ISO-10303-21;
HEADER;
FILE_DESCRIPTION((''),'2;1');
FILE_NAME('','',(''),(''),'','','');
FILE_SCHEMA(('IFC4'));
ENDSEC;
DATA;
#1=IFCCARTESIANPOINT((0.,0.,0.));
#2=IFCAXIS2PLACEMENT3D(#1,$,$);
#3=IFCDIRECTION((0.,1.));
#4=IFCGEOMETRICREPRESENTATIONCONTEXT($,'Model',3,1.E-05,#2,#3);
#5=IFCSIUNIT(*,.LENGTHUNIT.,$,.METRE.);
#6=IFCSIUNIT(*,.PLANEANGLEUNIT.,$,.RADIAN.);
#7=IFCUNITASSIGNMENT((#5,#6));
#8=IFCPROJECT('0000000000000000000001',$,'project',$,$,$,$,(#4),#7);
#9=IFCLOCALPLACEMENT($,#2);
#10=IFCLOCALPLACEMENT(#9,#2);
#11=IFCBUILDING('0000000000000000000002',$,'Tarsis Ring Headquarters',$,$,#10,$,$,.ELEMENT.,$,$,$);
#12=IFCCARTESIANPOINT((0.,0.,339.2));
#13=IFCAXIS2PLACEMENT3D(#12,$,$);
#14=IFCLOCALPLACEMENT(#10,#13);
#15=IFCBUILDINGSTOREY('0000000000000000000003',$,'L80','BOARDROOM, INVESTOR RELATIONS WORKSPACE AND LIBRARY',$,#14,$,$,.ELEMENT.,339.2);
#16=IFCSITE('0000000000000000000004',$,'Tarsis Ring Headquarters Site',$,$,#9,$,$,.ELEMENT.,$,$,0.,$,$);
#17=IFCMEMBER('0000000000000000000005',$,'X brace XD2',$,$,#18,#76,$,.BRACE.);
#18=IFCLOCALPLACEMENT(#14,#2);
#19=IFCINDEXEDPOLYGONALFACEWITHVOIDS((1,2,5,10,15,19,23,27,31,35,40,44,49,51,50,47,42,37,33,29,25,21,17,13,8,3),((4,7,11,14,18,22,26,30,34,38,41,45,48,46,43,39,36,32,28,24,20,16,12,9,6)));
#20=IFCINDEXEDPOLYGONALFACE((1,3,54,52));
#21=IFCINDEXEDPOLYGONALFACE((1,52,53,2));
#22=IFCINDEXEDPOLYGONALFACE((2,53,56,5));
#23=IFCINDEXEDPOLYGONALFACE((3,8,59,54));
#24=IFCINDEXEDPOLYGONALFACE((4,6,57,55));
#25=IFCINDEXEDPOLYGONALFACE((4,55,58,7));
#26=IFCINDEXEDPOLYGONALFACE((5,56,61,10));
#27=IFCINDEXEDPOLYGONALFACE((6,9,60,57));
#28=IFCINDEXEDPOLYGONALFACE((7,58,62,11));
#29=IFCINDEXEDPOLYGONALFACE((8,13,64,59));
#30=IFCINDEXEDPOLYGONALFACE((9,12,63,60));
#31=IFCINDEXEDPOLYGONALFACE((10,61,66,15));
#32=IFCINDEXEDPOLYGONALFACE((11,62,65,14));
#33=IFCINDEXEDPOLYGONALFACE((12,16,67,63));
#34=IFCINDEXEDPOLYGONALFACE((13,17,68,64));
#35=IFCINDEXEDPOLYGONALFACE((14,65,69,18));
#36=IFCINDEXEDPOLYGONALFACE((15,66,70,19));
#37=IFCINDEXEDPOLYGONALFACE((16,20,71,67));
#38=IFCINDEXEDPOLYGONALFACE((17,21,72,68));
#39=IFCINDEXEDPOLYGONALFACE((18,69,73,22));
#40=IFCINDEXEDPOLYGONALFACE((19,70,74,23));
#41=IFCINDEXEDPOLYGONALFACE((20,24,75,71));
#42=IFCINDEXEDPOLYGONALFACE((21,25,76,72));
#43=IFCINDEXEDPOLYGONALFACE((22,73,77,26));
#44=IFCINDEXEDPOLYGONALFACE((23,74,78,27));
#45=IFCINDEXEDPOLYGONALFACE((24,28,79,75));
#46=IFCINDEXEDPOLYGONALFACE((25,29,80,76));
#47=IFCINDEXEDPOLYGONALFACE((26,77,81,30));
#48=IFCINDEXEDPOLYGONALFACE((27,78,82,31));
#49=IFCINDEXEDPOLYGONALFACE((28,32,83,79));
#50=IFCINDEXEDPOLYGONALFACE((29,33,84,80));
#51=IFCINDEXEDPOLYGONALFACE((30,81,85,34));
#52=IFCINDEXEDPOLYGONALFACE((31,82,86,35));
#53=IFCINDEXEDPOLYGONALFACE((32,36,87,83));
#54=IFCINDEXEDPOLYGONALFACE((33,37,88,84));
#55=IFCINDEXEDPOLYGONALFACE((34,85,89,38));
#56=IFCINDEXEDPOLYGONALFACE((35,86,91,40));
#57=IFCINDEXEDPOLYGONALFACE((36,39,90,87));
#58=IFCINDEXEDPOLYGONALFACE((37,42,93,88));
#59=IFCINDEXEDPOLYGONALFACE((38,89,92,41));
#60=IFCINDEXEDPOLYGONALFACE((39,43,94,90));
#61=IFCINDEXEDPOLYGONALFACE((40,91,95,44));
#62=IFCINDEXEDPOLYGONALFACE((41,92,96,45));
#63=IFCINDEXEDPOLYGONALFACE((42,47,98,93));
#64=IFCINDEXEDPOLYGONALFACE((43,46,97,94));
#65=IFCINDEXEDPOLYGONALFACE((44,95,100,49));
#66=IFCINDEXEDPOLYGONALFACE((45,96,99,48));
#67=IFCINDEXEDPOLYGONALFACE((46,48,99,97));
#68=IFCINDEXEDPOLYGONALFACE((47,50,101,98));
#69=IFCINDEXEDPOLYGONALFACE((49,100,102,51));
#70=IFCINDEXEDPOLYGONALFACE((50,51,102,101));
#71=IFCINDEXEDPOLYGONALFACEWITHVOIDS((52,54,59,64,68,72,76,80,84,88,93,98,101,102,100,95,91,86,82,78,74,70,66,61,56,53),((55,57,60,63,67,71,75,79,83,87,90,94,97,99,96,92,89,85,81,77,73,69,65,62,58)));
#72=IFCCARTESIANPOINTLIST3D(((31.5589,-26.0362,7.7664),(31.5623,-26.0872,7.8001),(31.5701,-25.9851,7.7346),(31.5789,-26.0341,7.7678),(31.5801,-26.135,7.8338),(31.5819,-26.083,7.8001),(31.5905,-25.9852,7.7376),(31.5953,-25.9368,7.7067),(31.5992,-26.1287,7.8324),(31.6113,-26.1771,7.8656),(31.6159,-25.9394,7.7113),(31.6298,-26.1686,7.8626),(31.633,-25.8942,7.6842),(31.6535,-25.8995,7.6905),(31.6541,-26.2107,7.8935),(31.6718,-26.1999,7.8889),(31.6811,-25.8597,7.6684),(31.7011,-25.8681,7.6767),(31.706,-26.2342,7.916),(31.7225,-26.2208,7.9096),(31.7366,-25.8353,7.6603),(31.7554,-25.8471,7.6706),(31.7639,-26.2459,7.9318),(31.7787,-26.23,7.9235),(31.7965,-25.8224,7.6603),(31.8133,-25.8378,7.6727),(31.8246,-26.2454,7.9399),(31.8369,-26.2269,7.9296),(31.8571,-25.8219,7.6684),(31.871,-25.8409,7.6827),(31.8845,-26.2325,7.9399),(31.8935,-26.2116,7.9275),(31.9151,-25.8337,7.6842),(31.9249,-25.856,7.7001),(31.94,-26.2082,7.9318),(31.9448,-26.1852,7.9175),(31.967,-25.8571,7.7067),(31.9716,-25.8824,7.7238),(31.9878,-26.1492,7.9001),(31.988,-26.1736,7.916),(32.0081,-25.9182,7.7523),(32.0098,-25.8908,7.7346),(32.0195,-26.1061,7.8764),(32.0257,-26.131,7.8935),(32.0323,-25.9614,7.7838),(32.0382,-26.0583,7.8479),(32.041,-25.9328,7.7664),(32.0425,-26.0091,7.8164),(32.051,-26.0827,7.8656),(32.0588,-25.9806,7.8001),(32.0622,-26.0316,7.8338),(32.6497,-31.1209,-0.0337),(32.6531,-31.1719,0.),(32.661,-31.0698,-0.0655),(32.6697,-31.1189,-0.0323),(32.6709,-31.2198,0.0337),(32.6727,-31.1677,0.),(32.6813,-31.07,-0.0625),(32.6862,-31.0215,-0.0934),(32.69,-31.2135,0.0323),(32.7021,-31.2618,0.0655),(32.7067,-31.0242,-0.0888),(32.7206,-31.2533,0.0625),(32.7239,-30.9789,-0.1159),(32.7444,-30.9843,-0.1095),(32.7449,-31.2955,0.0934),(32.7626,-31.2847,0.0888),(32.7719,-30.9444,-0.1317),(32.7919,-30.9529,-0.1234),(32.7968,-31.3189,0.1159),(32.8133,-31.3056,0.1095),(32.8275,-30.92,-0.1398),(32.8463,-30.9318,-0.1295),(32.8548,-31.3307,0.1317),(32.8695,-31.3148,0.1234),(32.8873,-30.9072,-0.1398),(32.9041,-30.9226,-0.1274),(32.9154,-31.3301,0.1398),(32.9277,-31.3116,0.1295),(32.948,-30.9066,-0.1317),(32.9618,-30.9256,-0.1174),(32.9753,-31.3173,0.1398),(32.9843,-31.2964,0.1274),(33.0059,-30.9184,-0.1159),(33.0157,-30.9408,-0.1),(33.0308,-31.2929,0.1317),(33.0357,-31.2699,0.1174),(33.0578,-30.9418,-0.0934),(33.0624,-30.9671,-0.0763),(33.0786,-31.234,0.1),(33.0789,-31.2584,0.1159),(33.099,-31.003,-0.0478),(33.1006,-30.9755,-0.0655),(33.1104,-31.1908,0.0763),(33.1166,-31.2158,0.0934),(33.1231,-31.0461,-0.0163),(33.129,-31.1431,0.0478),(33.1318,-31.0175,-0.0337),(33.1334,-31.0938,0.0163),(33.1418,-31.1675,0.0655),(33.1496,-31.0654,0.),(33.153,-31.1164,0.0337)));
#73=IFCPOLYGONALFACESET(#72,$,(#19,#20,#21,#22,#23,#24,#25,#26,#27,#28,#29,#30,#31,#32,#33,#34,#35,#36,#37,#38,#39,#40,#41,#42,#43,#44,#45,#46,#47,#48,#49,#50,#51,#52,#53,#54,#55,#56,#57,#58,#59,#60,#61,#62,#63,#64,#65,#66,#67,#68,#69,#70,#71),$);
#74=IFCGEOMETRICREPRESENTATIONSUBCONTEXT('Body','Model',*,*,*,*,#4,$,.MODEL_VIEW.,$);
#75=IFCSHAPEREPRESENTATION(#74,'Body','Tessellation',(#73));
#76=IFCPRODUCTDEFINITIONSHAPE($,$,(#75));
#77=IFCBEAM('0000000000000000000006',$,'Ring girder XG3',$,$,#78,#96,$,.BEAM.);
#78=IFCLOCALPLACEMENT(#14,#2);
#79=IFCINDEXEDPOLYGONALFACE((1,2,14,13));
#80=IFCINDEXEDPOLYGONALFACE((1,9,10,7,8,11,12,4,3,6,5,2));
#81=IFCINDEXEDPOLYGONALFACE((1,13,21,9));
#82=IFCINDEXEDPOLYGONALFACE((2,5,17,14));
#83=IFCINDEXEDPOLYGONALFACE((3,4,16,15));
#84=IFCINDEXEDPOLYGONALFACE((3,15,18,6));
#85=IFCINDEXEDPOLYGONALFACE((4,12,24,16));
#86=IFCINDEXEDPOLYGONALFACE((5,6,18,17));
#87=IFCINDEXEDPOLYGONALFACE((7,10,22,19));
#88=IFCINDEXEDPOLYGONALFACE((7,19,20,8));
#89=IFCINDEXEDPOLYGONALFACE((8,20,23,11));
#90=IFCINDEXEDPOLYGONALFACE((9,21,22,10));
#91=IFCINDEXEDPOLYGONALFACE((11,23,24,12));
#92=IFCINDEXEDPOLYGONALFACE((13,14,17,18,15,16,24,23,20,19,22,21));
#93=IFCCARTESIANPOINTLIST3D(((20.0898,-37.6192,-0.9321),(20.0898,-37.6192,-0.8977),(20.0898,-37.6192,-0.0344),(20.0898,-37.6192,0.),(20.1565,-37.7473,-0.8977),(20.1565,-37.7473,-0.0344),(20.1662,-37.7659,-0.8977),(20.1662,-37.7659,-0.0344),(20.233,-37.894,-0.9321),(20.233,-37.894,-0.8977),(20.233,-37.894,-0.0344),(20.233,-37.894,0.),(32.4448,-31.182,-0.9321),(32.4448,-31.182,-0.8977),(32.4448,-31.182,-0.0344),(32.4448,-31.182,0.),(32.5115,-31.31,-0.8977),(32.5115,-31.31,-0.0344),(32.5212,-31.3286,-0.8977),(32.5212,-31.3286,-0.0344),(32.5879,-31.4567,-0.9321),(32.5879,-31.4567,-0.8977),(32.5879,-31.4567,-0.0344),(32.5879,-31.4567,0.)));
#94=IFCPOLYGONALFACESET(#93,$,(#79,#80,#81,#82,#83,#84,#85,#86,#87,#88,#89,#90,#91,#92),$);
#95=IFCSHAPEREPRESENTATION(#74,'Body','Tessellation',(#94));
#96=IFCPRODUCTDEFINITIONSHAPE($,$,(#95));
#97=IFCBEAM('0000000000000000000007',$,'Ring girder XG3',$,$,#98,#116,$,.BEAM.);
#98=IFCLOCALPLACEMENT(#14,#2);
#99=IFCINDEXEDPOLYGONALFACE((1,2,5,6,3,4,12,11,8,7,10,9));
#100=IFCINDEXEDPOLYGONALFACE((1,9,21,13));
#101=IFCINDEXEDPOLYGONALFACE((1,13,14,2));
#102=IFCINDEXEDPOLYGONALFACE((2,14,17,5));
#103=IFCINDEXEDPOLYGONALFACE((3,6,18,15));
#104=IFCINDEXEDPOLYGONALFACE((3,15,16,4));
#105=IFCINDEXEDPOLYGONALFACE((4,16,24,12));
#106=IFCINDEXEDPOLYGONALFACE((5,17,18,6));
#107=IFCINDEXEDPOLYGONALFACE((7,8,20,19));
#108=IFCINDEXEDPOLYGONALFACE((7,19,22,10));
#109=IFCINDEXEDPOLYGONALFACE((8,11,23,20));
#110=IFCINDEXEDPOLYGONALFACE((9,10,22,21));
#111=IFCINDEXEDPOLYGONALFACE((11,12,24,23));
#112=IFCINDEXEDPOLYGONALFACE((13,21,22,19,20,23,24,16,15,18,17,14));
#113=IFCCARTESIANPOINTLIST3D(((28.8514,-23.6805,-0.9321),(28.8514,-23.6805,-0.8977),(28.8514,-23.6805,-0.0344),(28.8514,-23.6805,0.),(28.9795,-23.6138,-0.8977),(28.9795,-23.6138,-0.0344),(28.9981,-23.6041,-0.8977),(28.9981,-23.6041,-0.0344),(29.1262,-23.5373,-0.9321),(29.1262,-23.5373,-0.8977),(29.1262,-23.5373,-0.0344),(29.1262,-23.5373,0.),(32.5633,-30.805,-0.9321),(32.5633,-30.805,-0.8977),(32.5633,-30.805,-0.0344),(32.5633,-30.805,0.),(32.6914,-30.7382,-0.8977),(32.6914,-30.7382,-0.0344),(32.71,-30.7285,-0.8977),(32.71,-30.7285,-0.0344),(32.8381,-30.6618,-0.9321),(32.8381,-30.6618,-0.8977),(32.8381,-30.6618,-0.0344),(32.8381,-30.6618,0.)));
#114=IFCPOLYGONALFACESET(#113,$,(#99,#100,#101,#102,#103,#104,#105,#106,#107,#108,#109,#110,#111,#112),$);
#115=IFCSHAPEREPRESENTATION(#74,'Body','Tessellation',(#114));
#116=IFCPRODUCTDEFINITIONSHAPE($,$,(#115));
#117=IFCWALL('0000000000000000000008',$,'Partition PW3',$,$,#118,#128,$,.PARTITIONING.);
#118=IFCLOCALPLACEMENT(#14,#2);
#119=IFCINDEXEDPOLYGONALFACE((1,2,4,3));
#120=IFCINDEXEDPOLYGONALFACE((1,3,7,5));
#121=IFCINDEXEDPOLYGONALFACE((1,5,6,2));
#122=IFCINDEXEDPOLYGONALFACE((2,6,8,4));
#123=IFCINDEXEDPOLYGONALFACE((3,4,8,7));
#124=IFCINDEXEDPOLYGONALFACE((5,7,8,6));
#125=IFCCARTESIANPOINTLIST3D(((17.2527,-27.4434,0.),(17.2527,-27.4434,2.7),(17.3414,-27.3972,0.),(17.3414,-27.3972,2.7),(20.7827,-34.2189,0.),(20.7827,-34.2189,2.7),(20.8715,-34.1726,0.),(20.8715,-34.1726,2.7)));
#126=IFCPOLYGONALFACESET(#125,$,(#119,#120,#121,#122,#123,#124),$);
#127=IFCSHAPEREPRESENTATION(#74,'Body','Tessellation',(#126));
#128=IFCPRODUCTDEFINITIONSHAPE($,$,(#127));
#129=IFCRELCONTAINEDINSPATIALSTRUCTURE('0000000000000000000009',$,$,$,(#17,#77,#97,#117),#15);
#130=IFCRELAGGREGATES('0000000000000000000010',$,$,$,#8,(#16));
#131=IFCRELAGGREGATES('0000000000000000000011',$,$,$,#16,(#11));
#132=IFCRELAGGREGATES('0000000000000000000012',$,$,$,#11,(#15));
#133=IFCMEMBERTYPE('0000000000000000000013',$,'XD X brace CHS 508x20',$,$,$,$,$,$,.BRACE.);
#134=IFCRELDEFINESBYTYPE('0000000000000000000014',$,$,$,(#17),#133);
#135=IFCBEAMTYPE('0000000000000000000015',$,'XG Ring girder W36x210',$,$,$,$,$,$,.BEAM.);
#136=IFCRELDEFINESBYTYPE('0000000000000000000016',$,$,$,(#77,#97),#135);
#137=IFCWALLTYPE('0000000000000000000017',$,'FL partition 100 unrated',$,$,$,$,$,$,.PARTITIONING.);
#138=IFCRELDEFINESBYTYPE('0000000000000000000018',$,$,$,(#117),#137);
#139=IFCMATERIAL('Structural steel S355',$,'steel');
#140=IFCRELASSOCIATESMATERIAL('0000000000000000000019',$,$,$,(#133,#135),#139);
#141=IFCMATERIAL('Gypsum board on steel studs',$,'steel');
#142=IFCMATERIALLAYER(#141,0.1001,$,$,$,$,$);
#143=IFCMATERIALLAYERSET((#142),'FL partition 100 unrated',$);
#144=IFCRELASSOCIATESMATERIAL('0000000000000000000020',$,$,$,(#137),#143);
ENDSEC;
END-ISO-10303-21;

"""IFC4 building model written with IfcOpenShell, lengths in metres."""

from ifc_helpers import new_model, si_unit, direction, frame, frame_2d, origin, origin_2d, place, context, subcontext, project, spatial, rectangle, hollow_circle, i_section, extrude, material, layer, layer_set, material_profile, profile_set, type_object, element, save


model = new_model("IFC4")

# Units and contexts
model_context = context("Model", 3, precision=1e-05, world=origin(), true_north=direction((0.0, 1.0)))
body_context = subcontext(model_context, "Body", "Model", "MODEL_VIEW")
ifc_project = project(units=[si_unit("LENGTHUNIT", "METRE"), si_unit("PLANEANGLEUNIT", "RADIAN")], contexts=[model_context])

# Site, building, storey
site_placement = place(None, origin())
site = spatial("IfcSite", under=ifc_project, at=site_placement, Name="Tarsis Ring Headquarters Site", CompositionType="ELEMENT", RefElevation=0.0)
building_placement = place(site_placement, origin())
building = spatial("IfcBuilding", under=site, at=building_placement, Name="Tarsis Ring Headquarters", CompositionType="ELEMENT")
storey_placement = place(building_placement, frame((0.0, 0.0, 339.2)))
storey = spatial("IfcBuildingStorey", under=building, at=storey_placement, Name="L80", Description="BOARDROOM, INVESTOR RELATIONS WORKSPACE AND LIBRARY", CompositionType="ELEMENT", Elevation=339.2)

# Shared definitions
ifc_material_1 = material(Name="Structural steel S355", Category="steel")

# Member
ifc_material_profile_1 = material_profile(ifc_material_1, hollow_circle(Radius=0.2539, WallThickness=0.02, at=origin_2d()), Name="CHS 508x20")
ifc_profile_set_1 = profile_set([ifc_material_profile_1], Name="Structural steel S355")
member_type = type_object("IfcMemberType", Name="XD X brace CHS 508x20", PredefinedType="BRACE", material=ifc_profile_set_1)
member_placement = place(storey_placement, frame((32.9014, -31.1187, 0.0), z_axis=(-0.116358, 0.542387, 0.832032), x_axis=(-0.977754, -0.209757, 0.0)))
element("IfcMember", 1, at=member_placement, inside=storey, type_object=member_type, Name="X brace XD2", PredefinedType="BRACE", context=body_context, shape_type="SweptSolid", body=[
    extrude(hollow_circle(Radius=0.2539, WallThickness=0.02, at=origin_2d()), origin(), (0.0, 0.0, 1.0), 9.3748),
])

# Beams
ifc_material_profile_2 = material_profile(ifc_material_1, i_section(OverallWidth=0.3098, OverallDepth=0.9321, WebThickness=0.021, FlangeThickness=0.0344, at=origin_2d()), Name="W36x210")
ifc_profile_set_2 = profile_set([ifc_material_profile_2], Name="Structural steel S355")
beam_type = type_object("IfcBeamType", Name="XG Ring girder W36x210", PredefinedType="BEAM", material=ifc_profile_set_2)
beam_1_placement = place(storey_placement, frame((20.1614, -37.7566, -0.4661), z_axis=(0.886844, 0.462068, 0.0), x_axis=(-0.462068, 0.886844, 0.0)))
element("IfcBeam", 2, at=beam_1_placement, inside=storey, type_object=beam_type, Name="Ring girder XG3", PredefinedType="BEAM", context=body_context, shape_type="SweptSolid", body=[
    extrude(i_section(OverallWidth=0.3098, OverallDepth=0.9321, WebThickness=0.021, FlangeThickness=0.0344, at=origin_2d()), origin(), (0.0, 0.0, 1.0), 13.9314),
])
beam_2_placement = place(storey_placement, frame((32.7007, -30.7334, -0.4661), z_axis=(-0.462055, 0.886851, 0.0), x_axis=(-0.886851, -0.462055, 0.0)))
element("IfcBeam", 3, at=beam_2_placement, inside=storey, type_object=beam_type, Name="Ring girder XG3", PredefinedType="BEAM", context=body_context, shape_type="SweptSolid", body=[
    extrude(i_section(OverallWidth=0.3098, OverallDepth=0.9321, WebThickness=0.021, FlangeThickness=0.0344, at=origin_2d()), origin(), (0.0, 0.0, 1.0), 8.0334),
])

# Wall
ifc_material_2 = material(Name="Gypsum board on steel studs", Category="steel")
ifc_layer_1 = layer(ifc_material_2, 0.1001)
ifc_layer_set_1 = layer_set([ifc_layer_1], Name="FL partition 100 unrated")
wall_type_1 = type_object("IfcWallType", Name="FL partition 100 unrated", PredefinedType="PARTITIONING", material=ifc_layer_set_1)
wall_1_placement = place(storey_placement, frame((17.2971, -27.4204, 0.0), z_axis=(0.0, 0.0, 1.0), x_axis=(0.462056, -0.886851, 0.0)))
element("IfcWall", 4, at=wall_1_placement, inside=storey, type_object=wall_type_1, Name="Partition PW3", PredefinedType="PARTITIONING", context=body_context, shape_type="SweptSolid", body=[
    extrude(rectangle(XDim=7.6399, YDim=0.1001, at=frame_2d((3.8198, 0.0))), origin(), (0.0, 0.0, 1.0), 2.7),
])

save(model, "model.ifc")
